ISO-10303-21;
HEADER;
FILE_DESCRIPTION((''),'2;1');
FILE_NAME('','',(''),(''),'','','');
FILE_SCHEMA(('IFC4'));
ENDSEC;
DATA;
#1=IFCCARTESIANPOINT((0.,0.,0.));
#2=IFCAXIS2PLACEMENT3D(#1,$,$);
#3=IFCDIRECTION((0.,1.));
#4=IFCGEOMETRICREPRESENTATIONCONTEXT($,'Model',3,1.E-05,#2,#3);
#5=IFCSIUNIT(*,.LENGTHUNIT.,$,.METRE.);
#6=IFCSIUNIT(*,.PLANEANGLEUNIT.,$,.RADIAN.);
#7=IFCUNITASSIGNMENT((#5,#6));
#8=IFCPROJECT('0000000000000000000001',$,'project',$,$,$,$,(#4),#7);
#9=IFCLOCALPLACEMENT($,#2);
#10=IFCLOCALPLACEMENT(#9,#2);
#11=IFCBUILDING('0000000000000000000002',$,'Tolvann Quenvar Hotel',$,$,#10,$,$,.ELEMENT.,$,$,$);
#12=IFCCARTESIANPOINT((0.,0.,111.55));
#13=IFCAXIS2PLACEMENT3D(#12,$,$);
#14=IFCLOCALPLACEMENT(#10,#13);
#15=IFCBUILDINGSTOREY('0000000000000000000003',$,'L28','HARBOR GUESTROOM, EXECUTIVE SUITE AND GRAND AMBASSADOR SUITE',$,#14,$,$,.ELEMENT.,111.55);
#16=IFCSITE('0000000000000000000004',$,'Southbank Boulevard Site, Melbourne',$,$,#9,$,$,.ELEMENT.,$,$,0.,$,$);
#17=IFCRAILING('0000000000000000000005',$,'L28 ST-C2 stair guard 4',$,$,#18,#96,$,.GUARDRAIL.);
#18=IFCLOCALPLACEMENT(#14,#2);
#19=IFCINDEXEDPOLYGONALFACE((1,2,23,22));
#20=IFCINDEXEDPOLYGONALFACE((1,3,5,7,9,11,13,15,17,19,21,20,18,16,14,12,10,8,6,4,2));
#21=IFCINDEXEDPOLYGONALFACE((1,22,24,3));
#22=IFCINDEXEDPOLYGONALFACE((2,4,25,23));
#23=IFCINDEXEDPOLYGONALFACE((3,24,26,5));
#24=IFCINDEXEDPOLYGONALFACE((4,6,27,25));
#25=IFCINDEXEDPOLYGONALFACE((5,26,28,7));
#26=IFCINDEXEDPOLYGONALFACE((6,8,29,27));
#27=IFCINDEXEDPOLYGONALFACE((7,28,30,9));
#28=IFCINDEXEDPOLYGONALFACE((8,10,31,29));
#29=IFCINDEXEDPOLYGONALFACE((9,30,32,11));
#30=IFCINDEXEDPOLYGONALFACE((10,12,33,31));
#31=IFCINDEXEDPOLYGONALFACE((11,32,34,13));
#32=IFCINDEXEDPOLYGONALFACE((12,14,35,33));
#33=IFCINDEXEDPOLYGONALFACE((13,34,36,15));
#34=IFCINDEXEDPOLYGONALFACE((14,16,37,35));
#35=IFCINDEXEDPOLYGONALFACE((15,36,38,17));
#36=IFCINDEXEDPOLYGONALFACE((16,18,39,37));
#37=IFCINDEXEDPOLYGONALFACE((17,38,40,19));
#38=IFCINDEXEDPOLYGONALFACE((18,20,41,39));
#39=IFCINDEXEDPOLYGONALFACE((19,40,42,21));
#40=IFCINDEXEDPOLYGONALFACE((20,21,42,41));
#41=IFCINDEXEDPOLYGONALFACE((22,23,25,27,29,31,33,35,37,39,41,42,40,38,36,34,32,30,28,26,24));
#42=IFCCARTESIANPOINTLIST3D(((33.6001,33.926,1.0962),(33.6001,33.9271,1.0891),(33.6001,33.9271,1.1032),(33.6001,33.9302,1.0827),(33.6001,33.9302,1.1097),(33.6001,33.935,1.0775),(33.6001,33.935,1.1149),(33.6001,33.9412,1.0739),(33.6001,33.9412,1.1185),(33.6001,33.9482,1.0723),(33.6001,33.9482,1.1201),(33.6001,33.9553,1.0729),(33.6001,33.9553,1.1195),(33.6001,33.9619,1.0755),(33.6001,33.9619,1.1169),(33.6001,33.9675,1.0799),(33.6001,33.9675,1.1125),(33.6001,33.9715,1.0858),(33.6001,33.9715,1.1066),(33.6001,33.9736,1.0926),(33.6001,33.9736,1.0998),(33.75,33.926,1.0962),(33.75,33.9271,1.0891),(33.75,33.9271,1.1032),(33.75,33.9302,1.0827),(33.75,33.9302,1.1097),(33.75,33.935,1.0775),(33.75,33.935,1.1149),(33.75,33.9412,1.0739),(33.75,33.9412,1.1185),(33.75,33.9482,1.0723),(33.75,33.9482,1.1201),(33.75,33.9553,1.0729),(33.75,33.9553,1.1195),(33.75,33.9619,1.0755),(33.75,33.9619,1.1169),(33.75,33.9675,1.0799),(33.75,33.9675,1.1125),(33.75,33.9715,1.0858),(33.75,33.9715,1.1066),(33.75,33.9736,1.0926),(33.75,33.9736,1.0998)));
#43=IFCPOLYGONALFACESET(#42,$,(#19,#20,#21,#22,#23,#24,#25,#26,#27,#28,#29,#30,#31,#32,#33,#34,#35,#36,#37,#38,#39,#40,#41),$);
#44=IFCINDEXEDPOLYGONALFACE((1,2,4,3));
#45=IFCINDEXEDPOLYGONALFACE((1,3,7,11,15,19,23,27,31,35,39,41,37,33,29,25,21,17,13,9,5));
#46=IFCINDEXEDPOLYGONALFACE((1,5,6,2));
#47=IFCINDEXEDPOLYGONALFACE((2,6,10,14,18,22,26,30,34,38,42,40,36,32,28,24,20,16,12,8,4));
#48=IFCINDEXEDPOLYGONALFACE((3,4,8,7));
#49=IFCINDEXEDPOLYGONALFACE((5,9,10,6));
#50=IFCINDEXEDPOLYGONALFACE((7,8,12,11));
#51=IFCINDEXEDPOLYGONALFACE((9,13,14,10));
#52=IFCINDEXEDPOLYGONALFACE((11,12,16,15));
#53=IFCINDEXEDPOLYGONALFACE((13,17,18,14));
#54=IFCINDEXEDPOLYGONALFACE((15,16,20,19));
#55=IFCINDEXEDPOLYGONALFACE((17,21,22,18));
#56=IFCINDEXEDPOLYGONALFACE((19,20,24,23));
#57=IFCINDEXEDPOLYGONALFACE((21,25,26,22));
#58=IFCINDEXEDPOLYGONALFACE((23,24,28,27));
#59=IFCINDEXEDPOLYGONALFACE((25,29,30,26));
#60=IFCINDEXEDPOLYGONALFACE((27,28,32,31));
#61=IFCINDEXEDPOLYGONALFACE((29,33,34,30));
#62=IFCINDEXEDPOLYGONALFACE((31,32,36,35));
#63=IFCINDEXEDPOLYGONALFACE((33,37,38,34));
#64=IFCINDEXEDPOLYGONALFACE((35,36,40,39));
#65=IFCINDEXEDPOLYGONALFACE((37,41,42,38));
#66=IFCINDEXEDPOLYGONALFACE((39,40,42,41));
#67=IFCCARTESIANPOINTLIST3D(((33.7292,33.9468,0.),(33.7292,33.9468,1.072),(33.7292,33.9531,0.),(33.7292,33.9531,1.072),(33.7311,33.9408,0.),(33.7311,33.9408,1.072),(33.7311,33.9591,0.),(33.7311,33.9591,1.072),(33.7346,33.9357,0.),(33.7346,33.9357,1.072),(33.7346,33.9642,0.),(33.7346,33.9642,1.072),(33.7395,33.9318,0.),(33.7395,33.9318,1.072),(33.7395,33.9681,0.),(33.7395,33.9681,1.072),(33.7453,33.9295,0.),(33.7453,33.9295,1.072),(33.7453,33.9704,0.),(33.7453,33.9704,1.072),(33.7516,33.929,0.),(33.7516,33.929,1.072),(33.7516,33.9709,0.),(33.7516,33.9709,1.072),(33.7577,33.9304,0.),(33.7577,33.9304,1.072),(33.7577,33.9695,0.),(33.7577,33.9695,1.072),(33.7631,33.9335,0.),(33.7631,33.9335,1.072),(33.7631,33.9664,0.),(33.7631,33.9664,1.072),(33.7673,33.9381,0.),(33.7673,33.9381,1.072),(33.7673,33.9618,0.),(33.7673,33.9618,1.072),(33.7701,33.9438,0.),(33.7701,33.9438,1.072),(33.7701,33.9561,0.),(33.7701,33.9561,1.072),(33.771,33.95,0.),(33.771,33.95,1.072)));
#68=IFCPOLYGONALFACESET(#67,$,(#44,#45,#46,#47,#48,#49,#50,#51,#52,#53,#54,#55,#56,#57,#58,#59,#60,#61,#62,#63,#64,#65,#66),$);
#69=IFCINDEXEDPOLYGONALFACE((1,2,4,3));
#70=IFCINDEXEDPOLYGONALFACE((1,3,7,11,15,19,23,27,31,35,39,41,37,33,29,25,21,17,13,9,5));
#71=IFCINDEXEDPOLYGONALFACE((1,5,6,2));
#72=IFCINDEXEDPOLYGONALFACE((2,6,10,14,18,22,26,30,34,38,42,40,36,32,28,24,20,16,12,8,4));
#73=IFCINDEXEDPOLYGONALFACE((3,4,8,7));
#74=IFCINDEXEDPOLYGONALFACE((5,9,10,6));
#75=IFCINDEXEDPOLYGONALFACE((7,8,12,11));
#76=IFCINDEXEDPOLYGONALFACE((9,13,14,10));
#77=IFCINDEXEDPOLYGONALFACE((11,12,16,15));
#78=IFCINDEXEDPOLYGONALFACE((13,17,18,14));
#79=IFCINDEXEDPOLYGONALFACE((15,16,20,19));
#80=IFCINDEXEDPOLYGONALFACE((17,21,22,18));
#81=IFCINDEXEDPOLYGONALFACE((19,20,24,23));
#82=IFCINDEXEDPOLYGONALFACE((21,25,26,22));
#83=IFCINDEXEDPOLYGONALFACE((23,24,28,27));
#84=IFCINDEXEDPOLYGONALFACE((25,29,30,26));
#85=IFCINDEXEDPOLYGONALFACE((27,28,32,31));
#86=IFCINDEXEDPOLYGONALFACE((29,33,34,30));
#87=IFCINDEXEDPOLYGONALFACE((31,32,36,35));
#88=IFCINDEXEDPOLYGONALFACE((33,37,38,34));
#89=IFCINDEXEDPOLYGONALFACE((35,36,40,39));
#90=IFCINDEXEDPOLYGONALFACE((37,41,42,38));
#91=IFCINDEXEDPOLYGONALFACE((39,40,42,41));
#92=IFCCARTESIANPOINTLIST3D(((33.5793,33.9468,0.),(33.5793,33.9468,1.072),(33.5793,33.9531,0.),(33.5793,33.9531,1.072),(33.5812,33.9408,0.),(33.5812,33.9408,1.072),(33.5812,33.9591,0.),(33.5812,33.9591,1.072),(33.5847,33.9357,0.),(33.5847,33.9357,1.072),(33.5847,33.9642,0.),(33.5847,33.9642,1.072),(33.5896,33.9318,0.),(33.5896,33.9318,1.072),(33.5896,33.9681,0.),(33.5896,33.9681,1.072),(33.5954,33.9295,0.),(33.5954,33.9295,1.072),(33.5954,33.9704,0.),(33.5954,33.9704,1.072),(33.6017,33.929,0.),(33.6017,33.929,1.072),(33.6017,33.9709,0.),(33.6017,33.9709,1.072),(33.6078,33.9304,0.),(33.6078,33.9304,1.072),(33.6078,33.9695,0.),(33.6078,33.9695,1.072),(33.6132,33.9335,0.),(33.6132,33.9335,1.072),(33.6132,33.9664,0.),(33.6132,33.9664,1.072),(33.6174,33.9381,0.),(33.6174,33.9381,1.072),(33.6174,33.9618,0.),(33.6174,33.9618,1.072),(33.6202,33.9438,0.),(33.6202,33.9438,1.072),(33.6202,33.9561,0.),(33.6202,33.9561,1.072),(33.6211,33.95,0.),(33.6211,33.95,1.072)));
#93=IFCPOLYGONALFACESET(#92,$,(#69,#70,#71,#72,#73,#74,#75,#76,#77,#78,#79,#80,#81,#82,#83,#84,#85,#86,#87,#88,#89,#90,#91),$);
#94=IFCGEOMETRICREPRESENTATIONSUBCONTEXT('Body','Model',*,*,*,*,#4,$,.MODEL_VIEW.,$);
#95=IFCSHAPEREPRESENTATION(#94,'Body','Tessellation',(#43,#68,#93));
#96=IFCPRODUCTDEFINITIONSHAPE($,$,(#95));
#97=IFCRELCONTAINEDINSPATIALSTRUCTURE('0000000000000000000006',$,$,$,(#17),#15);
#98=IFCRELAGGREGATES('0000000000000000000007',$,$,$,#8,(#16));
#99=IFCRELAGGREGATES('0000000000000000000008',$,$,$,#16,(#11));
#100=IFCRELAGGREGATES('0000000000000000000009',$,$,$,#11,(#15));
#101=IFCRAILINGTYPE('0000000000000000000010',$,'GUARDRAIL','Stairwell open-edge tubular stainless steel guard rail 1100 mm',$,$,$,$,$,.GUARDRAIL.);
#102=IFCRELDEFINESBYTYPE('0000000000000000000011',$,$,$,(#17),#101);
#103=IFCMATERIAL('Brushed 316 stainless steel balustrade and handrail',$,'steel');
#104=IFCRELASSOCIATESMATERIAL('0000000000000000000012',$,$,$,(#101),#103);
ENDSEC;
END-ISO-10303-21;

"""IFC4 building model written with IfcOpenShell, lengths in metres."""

from ifc_helpers import new_model, si_unit, direction, frame, origin, origin_2d, place, context, subcontext, project, spatial, circle, extrude, material, type_object, element, save


model = new_model("IFC4")

# Units and contexts
model_context = context("Model", 3, precision=1e-05, world=origin(), true_north=direction((0.0, 1.0)))
body_context = subcontext(model_context, "Body", "Model", "MODEL_VIEW")
ifc_project = project(units=[si_unit("LENGTHUNIT", "METRE"), si_unit("PLANEANGLEUNIT", "RADIAN")], contexts=[model_context])

# Site, building, storey
site_placement = place(None, origin())
site = spatial("IfcSite", under=ifc_project, at=site_placement, Name="Southbank Boulevard Site, Melbourne", CompositionType="ELEMENT", RefElevation=0.0)
building_placement = place(site_placement, origin())
building = spatial("IfcBuilding", under=site, at=building_placement, Name="Tolvann Quenvar Hotel", CompositionType="ELEMENT")
storey_placement = place(building_placement, frame((0.0, 0.0, 111.55)))
storey = spatial("IfcBuildingStorey", under=building, at=storey_placement, Name="L28", Description="HARBOR GUESTROOM, EXECUTIVE SUITE AND GRAND AMBASSADOR SUITE", CompositionType="ELEMENT", Elevation=111.55)

# Railing
ifc_material_1 = material(Name="Brushed 316 stainless steel balustrade and handrail", Category="steel")
railing_type = type_object("IfcRailingType", Name="GUARDRAIL", Description="Stairwell open-edge tubular stainless steel guard rail 1100 mm", PredefinedType="GUARDRAIL", material=ifc_material_1)
railing_placement = place(storey_placement, frame((33.75, 33.95, 0.0)))
element("IfcRailing", 1, at=railing_placement, inside=storey, type_object=railing_type, Name="L28 ST-C2 stair guard 4", PredefinedType="GUARDRAIL", context=body_context, shape_type="SweptSolid", body=[
    extrude(circle(Radius=0.0239, at=origin_2d()), frame((0.0, 0.0, 1.0962), z_axis=(-1.0, 0.0, 0.0), x_axis=(0.0, -1.0, 0.0)), (0.0, 0.0, 1.0), 0.1499),
    extrude(circle(Radius=0.021, at=origin_2d()), origin(), (0.0, 0.0, 1.0), 1.072),
    extrude(circle(Radius=0.021, at=origin_2d()), frame((-0.1499, 0.0, 0.0)), (0.0, 0.0, 1.0), 1.072),
])

save(model, "model.ifc")
